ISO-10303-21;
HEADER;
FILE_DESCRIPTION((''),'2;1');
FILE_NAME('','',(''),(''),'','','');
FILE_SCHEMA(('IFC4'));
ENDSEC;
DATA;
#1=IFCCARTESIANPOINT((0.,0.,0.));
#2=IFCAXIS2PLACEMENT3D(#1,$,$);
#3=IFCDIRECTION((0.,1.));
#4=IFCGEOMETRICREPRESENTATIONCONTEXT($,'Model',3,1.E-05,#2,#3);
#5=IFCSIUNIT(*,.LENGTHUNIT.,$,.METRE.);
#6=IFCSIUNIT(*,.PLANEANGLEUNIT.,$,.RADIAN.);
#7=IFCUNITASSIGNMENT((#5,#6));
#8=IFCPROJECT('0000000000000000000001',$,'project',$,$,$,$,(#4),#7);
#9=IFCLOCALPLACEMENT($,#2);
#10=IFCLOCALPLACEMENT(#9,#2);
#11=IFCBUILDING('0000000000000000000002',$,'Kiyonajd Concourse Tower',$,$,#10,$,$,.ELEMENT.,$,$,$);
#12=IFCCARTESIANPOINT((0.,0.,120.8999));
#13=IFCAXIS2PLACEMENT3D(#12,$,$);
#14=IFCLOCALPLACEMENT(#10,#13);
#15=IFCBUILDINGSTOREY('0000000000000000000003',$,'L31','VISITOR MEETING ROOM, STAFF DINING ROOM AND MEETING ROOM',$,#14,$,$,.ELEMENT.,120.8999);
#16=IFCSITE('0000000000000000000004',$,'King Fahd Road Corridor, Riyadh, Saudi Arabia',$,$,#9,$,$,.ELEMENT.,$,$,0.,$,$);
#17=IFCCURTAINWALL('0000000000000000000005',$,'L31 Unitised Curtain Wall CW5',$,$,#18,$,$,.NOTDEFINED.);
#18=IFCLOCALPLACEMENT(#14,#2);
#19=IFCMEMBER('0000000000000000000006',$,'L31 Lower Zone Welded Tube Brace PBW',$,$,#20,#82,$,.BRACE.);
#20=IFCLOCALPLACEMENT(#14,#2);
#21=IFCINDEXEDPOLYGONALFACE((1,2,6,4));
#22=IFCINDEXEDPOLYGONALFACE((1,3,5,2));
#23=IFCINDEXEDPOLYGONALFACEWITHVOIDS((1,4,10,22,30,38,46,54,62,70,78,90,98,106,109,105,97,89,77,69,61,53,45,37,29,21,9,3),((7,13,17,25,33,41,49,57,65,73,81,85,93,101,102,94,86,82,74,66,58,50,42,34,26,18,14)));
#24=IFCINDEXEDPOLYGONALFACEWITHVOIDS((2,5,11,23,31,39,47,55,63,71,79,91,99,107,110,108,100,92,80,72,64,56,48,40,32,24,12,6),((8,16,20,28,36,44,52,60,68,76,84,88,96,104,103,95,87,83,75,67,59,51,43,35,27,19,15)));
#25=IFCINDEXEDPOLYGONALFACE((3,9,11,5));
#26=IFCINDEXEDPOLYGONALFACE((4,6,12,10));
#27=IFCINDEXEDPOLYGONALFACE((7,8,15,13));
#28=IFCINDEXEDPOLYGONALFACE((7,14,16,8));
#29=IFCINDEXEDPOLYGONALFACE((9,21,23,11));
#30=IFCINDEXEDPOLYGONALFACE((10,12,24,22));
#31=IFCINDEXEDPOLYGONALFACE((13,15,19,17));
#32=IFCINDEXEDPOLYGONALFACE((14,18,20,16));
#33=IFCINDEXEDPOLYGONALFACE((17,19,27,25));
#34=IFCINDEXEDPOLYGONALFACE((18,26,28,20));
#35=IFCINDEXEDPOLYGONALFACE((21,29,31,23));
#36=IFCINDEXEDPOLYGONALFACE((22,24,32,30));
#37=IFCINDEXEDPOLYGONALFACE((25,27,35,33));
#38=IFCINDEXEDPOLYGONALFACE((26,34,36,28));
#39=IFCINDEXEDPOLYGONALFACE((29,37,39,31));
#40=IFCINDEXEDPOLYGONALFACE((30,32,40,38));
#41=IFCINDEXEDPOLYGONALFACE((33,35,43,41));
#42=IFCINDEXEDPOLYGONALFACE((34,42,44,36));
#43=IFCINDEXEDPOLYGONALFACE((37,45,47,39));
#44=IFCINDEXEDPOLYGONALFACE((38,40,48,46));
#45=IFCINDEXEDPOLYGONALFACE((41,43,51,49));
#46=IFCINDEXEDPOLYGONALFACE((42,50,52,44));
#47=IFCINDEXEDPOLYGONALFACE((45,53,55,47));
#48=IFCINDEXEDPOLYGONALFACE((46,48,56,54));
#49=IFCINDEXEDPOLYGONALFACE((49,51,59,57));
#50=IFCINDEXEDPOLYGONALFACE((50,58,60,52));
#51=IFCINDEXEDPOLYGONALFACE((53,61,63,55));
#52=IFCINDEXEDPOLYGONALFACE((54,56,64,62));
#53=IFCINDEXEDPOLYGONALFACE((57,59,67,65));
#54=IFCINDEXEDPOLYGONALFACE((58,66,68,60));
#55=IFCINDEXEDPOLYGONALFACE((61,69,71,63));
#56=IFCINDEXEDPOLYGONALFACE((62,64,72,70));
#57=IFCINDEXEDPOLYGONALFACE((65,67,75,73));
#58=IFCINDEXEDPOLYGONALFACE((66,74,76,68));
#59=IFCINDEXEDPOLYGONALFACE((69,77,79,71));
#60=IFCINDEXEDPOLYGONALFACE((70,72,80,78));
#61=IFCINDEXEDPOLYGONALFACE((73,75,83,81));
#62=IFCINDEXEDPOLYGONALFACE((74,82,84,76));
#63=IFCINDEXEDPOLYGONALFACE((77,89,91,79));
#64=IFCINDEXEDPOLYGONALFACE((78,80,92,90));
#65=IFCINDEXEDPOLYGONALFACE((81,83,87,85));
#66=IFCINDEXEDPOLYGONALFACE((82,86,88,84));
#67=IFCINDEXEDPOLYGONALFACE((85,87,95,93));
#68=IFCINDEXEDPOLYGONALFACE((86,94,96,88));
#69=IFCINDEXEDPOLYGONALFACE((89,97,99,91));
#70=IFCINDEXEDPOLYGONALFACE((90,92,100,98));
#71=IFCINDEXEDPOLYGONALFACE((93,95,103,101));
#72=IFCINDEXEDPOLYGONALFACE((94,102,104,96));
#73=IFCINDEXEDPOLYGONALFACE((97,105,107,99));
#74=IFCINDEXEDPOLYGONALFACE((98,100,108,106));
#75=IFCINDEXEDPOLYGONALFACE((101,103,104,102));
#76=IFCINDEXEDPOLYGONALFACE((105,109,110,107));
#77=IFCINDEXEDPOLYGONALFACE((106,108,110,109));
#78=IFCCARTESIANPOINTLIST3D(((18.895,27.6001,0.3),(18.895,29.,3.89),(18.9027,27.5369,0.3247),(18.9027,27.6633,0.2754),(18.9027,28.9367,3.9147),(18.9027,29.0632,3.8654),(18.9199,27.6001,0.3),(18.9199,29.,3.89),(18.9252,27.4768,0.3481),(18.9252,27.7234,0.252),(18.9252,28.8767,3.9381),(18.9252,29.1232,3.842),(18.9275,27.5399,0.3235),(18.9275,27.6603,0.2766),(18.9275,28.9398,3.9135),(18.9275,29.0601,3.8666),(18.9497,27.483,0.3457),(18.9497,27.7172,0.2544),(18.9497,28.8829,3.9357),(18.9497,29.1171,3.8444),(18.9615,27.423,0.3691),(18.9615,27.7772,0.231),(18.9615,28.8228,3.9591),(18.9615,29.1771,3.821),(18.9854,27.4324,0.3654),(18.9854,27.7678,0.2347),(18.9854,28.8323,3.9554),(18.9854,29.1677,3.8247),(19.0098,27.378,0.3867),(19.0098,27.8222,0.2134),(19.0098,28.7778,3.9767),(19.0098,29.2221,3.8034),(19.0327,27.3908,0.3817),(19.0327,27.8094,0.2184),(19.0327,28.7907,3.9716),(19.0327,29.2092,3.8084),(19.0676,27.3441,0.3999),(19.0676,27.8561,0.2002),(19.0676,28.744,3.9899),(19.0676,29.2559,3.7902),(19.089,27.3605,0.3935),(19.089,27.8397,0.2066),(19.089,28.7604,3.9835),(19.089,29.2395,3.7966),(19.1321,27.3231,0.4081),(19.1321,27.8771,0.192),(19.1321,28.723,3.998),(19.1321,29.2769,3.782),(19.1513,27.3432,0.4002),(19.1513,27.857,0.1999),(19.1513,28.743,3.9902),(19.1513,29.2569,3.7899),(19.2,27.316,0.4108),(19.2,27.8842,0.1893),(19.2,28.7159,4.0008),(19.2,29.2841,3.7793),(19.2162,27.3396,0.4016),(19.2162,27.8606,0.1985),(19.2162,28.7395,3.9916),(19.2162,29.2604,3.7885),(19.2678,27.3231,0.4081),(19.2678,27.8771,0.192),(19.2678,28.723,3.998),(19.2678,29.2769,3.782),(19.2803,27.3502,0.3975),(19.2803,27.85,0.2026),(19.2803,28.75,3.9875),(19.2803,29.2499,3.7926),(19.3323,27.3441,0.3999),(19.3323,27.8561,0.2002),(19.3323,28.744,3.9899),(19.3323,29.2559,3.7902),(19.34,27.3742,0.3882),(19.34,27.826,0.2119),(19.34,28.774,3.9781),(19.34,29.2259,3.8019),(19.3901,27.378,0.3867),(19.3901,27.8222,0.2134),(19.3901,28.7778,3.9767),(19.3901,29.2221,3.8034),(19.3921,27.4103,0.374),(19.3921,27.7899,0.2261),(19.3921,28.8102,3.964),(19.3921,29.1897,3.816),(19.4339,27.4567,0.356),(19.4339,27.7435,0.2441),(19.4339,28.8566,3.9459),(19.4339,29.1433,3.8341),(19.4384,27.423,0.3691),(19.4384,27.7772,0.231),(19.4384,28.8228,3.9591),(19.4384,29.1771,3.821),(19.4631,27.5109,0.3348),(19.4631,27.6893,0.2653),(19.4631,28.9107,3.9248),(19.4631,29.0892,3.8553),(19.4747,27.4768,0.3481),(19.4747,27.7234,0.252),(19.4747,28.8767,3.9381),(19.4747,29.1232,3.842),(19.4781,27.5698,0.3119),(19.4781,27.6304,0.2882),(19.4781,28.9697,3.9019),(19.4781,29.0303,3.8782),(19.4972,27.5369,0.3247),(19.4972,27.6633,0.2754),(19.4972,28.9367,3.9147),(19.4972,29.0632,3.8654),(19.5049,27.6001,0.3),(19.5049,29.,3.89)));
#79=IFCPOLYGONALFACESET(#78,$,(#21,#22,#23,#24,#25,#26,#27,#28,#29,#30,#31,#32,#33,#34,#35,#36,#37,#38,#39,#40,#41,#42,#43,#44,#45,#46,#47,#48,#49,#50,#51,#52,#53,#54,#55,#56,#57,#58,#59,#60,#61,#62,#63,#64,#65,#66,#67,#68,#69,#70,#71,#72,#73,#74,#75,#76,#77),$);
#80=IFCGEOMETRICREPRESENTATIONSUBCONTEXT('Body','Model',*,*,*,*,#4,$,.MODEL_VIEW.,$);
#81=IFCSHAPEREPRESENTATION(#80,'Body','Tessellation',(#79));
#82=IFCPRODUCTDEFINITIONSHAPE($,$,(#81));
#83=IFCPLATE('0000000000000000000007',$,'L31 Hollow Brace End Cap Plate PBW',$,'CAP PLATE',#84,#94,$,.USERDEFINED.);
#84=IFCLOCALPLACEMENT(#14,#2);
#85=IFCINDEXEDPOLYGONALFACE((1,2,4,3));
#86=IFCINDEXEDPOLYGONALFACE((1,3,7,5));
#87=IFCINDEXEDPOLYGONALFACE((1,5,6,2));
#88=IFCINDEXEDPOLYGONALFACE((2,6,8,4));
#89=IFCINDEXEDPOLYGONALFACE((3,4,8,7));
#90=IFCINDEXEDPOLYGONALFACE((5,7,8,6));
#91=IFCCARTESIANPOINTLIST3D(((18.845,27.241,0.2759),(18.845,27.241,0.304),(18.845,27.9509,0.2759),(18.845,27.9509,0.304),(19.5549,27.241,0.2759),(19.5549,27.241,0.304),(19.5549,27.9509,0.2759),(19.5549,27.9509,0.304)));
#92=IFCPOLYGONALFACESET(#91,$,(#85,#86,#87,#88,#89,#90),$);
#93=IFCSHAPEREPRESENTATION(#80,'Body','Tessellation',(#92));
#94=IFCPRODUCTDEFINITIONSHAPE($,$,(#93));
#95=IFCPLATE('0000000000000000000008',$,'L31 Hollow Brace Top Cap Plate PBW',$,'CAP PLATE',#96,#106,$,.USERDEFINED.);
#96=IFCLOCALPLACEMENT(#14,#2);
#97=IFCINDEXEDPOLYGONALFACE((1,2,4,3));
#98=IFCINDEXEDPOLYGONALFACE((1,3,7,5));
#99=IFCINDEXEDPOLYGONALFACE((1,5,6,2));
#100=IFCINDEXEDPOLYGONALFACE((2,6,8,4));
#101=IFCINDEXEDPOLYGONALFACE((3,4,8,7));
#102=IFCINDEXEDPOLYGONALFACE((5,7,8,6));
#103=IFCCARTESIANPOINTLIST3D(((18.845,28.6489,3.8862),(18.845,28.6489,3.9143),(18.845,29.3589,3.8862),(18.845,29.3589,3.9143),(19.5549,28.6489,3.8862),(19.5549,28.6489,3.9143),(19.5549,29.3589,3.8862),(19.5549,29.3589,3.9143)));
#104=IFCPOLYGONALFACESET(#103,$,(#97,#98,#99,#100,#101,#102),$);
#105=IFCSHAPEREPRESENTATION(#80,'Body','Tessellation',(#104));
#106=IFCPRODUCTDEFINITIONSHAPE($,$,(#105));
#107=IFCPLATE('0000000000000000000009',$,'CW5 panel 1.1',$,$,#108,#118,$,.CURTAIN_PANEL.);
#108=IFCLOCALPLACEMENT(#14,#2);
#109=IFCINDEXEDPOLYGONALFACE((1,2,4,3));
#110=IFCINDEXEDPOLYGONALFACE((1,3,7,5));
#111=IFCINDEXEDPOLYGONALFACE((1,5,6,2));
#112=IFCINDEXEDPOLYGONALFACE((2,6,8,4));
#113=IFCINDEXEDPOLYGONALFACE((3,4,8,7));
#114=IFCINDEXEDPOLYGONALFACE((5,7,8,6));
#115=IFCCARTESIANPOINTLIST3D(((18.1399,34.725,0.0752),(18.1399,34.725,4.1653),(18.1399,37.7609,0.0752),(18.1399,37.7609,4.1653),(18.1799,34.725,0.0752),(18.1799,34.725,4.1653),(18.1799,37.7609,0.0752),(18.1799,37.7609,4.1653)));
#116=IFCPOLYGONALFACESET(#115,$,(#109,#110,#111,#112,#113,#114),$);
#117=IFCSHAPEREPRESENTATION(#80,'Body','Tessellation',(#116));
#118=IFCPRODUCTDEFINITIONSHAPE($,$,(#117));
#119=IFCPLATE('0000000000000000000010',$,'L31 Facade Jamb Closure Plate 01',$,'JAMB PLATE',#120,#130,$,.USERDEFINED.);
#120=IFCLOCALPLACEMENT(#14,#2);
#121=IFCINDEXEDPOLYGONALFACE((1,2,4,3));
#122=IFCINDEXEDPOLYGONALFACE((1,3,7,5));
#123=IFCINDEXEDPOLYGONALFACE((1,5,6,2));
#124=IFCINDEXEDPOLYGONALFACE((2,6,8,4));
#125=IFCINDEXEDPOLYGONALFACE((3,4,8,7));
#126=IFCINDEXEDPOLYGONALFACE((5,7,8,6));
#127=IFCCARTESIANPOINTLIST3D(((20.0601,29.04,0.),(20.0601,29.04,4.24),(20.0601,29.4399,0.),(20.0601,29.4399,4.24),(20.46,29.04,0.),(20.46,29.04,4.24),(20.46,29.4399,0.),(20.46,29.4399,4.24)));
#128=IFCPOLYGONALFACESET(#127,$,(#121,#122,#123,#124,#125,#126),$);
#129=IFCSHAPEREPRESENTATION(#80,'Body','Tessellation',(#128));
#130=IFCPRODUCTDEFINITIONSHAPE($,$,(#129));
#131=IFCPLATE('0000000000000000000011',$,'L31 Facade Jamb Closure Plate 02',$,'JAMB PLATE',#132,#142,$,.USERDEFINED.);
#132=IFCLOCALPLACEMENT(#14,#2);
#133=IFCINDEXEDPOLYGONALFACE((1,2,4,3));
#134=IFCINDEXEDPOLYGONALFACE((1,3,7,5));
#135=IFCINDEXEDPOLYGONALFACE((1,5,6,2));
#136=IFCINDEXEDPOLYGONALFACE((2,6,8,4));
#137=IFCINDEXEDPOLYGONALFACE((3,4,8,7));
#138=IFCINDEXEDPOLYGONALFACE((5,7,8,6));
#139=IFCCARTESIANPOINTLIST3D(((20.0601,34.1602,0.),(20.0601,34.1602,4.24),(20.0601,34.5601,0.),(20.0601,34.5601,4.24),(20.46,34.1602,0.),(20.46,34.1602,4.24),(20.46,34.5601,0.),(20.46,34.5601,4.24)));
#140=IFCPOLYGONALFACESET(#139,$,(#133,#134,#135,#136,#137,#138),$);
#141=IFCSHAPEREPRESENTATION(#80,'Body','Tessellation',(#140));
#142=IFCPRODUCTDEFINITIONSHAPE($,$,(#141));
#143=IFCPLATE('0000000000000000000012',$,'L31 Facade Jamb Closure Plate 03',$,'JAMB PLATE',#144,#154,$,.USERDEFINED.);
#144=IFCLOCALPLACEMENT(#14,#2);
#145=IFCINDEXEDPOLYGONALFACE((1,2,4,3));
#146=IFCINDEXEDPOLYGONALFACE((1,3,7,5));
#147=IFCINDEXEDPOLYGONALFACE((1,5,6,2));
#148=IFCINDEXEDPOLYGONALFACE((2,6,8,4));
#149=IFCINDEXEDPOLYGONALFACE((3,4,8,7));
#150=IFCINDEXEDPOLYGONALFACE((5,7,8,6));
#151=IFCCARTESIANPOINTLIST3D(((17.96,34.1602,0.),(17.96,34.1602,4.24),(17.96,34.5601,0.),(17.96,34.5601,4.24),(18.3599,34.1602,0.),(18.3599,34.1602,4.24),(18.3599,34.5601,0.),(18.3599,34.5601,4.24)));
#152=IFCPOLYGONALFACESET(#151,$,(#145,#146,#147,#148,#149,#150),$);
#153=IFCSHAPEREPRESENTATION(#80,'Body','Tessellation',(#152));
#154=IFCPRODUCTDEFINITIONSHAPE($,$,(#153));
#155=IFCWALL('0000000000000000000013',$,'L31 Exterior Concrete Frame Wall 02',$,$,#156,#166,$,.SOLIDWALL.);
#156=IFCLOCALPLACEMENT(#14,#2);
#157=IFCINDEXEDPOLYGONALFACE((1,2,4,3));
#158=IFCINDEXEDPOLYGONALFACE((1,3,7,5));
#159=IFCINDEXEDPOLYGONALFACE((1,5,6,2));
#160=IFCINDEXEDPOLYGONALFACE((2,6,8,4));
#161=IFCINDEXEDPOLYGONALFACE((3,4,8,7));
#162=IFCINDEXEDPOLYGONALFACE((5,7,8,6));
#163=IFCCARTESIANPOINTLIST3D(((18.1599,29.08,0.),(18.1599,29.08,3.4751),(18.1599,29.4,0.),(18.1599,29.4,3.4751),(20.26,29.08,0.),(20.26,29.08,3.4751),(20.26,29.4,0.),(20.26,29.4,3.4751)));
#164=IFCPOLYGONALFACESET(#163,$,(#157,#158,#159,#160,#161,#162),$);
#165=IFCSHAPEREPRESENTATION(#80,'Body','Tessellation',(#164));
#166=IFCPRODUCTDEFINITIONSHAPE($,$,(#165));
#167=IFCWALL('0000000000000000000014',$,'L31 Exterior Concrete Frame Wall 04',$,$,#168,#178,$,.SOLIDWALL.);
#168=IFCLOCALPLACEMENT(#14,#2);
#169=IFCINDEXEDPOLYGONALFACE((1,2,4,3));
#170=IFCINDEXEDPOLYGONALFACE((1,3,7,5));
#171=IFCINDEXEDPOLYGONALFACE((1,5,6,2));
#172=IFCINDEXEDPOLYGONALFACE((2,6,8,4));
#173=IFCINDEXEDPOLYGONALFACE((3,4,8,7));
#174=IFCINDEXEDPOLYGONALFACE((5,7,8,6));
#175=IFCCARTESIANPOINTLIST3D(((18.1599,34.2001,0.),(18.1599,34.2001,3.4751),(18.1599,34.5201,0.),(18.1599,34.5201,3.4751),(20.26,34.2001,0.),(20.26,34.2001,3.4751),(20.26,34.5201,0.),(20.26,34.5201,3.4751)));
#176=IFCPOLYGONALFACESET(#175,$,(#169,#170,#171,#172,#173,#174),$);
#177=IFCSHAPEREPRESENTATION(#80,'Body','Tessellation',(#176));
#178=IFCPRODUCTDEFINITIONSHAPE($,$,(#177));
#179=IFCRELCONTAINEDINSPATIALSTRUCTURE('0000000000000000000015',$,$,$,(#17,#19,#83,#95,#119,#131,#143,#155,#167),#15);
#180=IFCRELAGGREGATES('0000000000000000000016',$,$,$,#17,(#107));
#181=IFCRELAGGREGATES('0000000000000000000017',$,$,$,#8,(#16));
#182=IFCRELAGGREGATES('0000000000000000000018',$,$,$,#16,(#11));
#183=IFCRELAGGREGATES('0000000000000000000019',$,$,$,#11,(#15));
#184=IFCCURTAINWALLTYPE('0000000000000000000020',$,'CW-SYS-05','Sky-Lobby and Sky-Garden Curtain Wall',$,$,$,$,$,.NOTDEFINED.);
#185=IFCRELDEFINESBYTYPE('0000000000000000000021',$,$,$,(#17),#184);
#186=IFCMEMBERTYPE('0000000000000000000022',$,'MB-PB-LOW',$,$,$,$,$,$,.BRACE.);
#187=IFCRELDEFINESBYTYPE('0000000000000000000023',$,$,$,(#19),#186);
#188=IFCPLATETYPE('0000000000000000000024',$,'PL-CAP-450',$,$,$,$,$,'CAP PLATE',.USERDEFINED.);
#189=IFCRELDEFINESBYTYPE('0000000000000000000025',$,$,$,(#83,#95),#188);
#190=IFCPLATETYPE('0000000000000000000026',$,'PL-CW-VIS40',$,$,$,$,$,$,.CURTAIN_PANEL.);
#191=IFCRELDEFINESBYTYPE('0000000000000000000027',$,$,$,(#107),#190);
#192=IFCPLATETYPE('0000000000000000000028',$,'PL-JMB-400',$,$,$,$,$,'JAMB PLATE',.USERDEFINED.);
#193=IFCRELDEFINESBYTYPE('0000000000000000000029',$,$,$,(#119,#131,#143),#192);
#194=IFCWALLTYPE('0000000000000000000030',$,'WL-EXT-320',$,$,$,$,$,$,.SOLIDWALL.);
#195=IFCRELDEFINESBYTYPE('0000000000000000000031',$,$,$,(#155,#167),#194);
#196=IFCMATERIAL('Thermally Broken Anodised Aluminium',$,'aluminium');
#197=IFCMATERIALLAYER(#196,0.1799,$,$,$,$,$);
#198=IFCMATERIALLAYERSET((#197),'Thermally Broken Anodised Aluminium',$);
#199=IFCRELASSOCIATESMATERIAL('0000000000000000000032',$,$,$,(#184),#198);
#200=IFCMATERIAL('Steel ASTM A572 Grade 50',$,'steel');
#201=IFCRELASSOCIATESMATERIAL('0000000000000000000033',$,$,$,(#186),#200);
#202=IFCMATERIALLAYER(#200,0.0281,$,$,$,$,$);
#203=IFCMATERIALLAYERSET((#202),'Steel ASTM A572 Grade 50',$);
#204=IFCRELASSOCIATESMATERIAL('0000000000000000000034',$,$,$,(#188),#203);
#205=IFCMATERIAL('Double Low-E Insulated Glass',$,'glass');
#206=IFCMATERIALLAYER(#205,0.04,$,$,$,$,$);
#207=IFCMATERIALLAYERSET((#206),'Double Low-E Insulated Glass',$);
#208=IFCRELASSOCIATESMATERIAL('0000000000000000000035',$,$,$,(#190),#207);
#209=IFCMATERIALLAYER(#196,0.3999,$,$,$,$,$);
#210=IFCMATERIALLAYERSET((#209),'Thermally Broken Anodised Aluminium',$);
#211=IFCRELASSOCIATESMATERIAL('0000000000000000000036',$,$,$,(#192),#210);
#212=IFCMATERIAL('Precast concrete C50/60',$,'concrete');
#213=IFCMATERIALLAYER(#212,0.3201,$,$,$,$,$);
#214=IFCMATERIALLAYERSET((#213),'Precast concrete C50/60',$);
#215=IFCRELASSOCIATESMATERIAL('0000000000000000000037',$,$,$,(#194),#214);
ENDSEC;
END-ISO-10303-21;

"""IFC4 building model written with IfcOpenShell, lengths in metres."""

from ifc_helpers import new_model, si_unit, direction, frame, frame_2d, origin, origin_2d, place, context, subcontext, project, spatial, rectangle, hollow_circle, extrude, material, layer, layer_set, material_profile, profile_set, type_object, element, aggregate, save


model = new_model("IFC4")

# Units and contexts
model_context = context("Model", 3, precision=1e-05, world=origin(), true_north=direction((0.0, 1.0)))
body_context = subcontext(model_context, "Body", "Model", "MODEL_VIEW")
ifc_project = project(units=[si_unit("LENGTHUNIT", "METRE"), si_unit("PLANEANGLEUNIT", "RADIAN")], contexts=[model_context])

# Site, building, storey
site_placement = place(None, origin())
site = spatial("IfcSite", under=ifc_project, at=site_placement, Name="King Fahd Road Corridor, Riyadh, Saudi Arabia", CompositionType="ELEMENT", RefElevation=0.0)
building_placement = place(site_placement, origin())
building = spatial("IfcBuilding", under=site, at=building_placement, Name="Kiyonajd Concourse Tower", CompositionType="ELEMENT")
storey_placement = place(building_placement, frame((0.0, 0.0, 120.8999)))
storey = spatial("IfcBuildingStorey", under=building, at=storey_placement, Name="L31", Description="VISITOR MEETING ROOM, STAFF DINING ROOM AND MEETING ROOM", CompositionType="ELEMENT", Elevation=120.8999)

# Shared definitions
ifc_material_1 = material(Name="Precast concrete C50/60", Category="concrete")

# Curtain wall
ifc_material_2 = material(Name="Thermally Broken Anodised Aluminium", Category="aluminium")
ifc_layer_1 = layer(ifc_material_2, 0.1799)
ifc_layer_set_1 = layer_set([ifc_layer_1], Name="Thermally Broken Anodised Aluminium")
curtain_wall_type = type_object("IfcCurtainWallType", Name="CW-SYS-05", Description="Sky-Lobby and Sky-Garden Curtain Wall", PredefinedType="NOTDEFINED", material=ifc_layer_set_1)
curtain_wall_placement = place(storey_placement, origin())
curtain_wall = element("IfcCurtainWall", 1, at=curtain_wall_placement, inside=storey, type_object=curtain_wall_type, Name="L31 Unitised Curtain Wall CW5", PredefinedType="NOTDEFINED")

# Member
ifc_material_3 = material(Name="Steel ASTM A572 Grade 50", Category="steel")
ifc_material_profile_1 = material_profile(ifc_material_3, hollow_circle(Radius=0.3049, WallThickness=0.0249, at=origin_2d()), Name="CHS-610x25")
ifc_profile_set_1 = profile_set([ifc_material_profile_1], Name="Steel ASTM A572 Grade 50")
member_type_1 = type_object("IfcMemberType", Name="MB-PB-LOW", PredefinedType="BRACE", material=ifc_profile_set_1)
member_1_placement = place(storey_placement, frame((19.2, 27.6001, 0.3), z_axis=(0.0, 0.363293, 0.931675), x_axis=(-1.0, 0.0, 0.0)))
element("IfcMember", 2, at=member_1_placement, inside=storey, type_object=member_type_1, Name="L31 Lower Zone Welded Tube Brace PBW", PredefinedType="BRACE", context=body_context, shape_type="SweptSolid", body=[
    extrude(hollow_circle(Radius=0.3049, WallThickness=0.0249, at=origin_2d()), origin(), (0.0, 0.0, 1.0), 3.8533),
])

# Plates
ifc_layer_2 = layer(ifc_material_3, 0.0281)
ifc_layer_set_2 = layer_set([ifc_layer_2], Name="Steel ASTM A572 Grade 50")
plate_type_1 = type_object("IfcPlateType", Name="PL-CAP-450", ElementType="CAP PLATE", PredefinedType="USERDEFINED", material=ifc_layer_set_2)
for number, where, z_axis, x_axis, name in (
    (3, (19.2, 27.5959, 0.2759), (0.0, 0.0, 1.0), (1.0, 0.0, 0.0), "L31 Hollow Brace End Cap Plate PBW"),
    (4, (19.2, 29.0039, 3.8862), (0.0, 0.0, 1.0), (1.0, 0.0, 0.0), "L31 Hollow Brace Top Cap Plate PBW"),
):
    element("IfcPlate", number, at=place(storey_placement, frame(where, z_axis=z_axis, x_axis=x_axis)), inside=storey, type_object=plate_type_1, Name=name, ObjectType="CAP PLATE", PredefinedType="USERDEFINED", context=body_context, shape_type="SweptSolid", body=[
        extrude(rectangle(XDim=0.71, YDim=0.71, at=origin_2d()), origin(), (0.0, 0.0, 1.0), 0.0281),
    ])

# Plate
ifc_material_4 = material(Name="Double Low-E Insulated Glass", Category="glass")
ifc_layer_3 = layer(ifc_material_4, 0.04)
ifc_layer_set_3 = layer_set([ifc_layer_3], Name="Double Low-E Insulated Glass")
plate_type_2 = type_object("IfcPlateType", Name="PL-CW-VIS40", PredefinedType="CURTAIN_PANEL", material=ifc_layer_set_3)
plate_placement = place(storey_placement, frame((18.1599, 36.2429, 0.0752), z_axis=(0.0, 0.0, 1.0), x_axis=(0.0, 1.0, 0.0)))
plate = element("IfcPlate", 5, at=plate_placement, type_object=plate_type_2, Name="CW5 panel 1.1", PredefinedType="CURTAIN_PANEL", context=body_context, shape_type="SweptSolid", body=[
    extrude(rectangle(XDim=3.0359, YDim=0.04, at=origin_2d()), origin(), (0.0, 0.0, 1.0), 4.0901),
])
aggregate(curtain_wall, [plate])

# Plates
ifc_layer_4 = layer(ifc_material_2, 0.3999)
ifc_layer_set_4 = layer_set([ifc_layer_4], Name="Thermally Broken Anodised Aluminium")
plate_type_3 = type_object("IfcPlateType", Name="PL-JMB-400", ElementType="JAMB PLATE", PredefinedType="USERDEFINED", material=ifc_layer_set_4)
for number, where, z_axis, x_axis, name in (
    (6, (20.26, 29.24, 0.0), (0.0, 0.0, 1.0), (1.0, 0.0, 0.0), "L31 Facade Jamb Closure Plate 01"),
    (7, (20.26, 34.3601, 0.0), (0.0, 0.0, 1.0), (1.0, 0.0, 0.0), "L31 Facade Jamb Closure Plate 02"),
    (8, (18.1599, 34.3601, 0.0), (0.0, 0.0, 1.0), (1.0, 0.0, 0.0), "L31 Facade Jamb Closure Plate 03"),
):
    element("IfcPlate", number, at=place(storey_placement, frame(where, z_axis=z_axis, x_axis=x_axis)), inside=storey, type_object=plate_type_3, Name=name, ObjectType="JAMB PLATE", PredefinedType="USERDEFINED", context=body_context, shape_type="SweptSolid", body=[
        extrude(rectangle(XDim=0.3999, YDim=0.3999, at=origin_2d()), origin(), (0.0, 0.0, 1.0), 4.24),
    ])

# Walls
ifc_layer_5 = layer(ifc_material_1, 0.3201)
ifc_layer_set_5 = layer_set([ifc_layer_5], Name="Precast concrete C50/60")
wall_type_1 = type_object("IfcWallType", Name="WL-EXT-320", PredefinedType="SOLIDWALL", material=ifc_layer_set_5)
for number, where, z_axis, x_axis, name in (
    (9, (18.1599, 29.24, 0.0), (0.0, 0.0, 1.0), (1.0, 0.0, 0.0), "L31 Exterior Concrete Frame Wall 02"),
    (10, (20.26, 34.3601, 0.0), (0.0, 0.0, 1.0), (-1.0, 0.0, 0.0), "L31 Exterior Concrete Frame Wall 04"),
):
    element("IfcWall", number, at=place(storey_placement, frame(where, z_axis=z_axis, x_axis=x_axis)), inside=storey, type_object=wall_type_1, Name=name, PredefinedType="SOLIDWALL", context=body_context, shape_type="SweptSolid", body=[
        extrude(rectangle(XDim=2.1001, YDim=0.3201, at=frame_2d((1.05, 0.0))), origin(), (0.0, 0.0, 1.0), 3.4751),
    ])

save(model, "model.ifc")
